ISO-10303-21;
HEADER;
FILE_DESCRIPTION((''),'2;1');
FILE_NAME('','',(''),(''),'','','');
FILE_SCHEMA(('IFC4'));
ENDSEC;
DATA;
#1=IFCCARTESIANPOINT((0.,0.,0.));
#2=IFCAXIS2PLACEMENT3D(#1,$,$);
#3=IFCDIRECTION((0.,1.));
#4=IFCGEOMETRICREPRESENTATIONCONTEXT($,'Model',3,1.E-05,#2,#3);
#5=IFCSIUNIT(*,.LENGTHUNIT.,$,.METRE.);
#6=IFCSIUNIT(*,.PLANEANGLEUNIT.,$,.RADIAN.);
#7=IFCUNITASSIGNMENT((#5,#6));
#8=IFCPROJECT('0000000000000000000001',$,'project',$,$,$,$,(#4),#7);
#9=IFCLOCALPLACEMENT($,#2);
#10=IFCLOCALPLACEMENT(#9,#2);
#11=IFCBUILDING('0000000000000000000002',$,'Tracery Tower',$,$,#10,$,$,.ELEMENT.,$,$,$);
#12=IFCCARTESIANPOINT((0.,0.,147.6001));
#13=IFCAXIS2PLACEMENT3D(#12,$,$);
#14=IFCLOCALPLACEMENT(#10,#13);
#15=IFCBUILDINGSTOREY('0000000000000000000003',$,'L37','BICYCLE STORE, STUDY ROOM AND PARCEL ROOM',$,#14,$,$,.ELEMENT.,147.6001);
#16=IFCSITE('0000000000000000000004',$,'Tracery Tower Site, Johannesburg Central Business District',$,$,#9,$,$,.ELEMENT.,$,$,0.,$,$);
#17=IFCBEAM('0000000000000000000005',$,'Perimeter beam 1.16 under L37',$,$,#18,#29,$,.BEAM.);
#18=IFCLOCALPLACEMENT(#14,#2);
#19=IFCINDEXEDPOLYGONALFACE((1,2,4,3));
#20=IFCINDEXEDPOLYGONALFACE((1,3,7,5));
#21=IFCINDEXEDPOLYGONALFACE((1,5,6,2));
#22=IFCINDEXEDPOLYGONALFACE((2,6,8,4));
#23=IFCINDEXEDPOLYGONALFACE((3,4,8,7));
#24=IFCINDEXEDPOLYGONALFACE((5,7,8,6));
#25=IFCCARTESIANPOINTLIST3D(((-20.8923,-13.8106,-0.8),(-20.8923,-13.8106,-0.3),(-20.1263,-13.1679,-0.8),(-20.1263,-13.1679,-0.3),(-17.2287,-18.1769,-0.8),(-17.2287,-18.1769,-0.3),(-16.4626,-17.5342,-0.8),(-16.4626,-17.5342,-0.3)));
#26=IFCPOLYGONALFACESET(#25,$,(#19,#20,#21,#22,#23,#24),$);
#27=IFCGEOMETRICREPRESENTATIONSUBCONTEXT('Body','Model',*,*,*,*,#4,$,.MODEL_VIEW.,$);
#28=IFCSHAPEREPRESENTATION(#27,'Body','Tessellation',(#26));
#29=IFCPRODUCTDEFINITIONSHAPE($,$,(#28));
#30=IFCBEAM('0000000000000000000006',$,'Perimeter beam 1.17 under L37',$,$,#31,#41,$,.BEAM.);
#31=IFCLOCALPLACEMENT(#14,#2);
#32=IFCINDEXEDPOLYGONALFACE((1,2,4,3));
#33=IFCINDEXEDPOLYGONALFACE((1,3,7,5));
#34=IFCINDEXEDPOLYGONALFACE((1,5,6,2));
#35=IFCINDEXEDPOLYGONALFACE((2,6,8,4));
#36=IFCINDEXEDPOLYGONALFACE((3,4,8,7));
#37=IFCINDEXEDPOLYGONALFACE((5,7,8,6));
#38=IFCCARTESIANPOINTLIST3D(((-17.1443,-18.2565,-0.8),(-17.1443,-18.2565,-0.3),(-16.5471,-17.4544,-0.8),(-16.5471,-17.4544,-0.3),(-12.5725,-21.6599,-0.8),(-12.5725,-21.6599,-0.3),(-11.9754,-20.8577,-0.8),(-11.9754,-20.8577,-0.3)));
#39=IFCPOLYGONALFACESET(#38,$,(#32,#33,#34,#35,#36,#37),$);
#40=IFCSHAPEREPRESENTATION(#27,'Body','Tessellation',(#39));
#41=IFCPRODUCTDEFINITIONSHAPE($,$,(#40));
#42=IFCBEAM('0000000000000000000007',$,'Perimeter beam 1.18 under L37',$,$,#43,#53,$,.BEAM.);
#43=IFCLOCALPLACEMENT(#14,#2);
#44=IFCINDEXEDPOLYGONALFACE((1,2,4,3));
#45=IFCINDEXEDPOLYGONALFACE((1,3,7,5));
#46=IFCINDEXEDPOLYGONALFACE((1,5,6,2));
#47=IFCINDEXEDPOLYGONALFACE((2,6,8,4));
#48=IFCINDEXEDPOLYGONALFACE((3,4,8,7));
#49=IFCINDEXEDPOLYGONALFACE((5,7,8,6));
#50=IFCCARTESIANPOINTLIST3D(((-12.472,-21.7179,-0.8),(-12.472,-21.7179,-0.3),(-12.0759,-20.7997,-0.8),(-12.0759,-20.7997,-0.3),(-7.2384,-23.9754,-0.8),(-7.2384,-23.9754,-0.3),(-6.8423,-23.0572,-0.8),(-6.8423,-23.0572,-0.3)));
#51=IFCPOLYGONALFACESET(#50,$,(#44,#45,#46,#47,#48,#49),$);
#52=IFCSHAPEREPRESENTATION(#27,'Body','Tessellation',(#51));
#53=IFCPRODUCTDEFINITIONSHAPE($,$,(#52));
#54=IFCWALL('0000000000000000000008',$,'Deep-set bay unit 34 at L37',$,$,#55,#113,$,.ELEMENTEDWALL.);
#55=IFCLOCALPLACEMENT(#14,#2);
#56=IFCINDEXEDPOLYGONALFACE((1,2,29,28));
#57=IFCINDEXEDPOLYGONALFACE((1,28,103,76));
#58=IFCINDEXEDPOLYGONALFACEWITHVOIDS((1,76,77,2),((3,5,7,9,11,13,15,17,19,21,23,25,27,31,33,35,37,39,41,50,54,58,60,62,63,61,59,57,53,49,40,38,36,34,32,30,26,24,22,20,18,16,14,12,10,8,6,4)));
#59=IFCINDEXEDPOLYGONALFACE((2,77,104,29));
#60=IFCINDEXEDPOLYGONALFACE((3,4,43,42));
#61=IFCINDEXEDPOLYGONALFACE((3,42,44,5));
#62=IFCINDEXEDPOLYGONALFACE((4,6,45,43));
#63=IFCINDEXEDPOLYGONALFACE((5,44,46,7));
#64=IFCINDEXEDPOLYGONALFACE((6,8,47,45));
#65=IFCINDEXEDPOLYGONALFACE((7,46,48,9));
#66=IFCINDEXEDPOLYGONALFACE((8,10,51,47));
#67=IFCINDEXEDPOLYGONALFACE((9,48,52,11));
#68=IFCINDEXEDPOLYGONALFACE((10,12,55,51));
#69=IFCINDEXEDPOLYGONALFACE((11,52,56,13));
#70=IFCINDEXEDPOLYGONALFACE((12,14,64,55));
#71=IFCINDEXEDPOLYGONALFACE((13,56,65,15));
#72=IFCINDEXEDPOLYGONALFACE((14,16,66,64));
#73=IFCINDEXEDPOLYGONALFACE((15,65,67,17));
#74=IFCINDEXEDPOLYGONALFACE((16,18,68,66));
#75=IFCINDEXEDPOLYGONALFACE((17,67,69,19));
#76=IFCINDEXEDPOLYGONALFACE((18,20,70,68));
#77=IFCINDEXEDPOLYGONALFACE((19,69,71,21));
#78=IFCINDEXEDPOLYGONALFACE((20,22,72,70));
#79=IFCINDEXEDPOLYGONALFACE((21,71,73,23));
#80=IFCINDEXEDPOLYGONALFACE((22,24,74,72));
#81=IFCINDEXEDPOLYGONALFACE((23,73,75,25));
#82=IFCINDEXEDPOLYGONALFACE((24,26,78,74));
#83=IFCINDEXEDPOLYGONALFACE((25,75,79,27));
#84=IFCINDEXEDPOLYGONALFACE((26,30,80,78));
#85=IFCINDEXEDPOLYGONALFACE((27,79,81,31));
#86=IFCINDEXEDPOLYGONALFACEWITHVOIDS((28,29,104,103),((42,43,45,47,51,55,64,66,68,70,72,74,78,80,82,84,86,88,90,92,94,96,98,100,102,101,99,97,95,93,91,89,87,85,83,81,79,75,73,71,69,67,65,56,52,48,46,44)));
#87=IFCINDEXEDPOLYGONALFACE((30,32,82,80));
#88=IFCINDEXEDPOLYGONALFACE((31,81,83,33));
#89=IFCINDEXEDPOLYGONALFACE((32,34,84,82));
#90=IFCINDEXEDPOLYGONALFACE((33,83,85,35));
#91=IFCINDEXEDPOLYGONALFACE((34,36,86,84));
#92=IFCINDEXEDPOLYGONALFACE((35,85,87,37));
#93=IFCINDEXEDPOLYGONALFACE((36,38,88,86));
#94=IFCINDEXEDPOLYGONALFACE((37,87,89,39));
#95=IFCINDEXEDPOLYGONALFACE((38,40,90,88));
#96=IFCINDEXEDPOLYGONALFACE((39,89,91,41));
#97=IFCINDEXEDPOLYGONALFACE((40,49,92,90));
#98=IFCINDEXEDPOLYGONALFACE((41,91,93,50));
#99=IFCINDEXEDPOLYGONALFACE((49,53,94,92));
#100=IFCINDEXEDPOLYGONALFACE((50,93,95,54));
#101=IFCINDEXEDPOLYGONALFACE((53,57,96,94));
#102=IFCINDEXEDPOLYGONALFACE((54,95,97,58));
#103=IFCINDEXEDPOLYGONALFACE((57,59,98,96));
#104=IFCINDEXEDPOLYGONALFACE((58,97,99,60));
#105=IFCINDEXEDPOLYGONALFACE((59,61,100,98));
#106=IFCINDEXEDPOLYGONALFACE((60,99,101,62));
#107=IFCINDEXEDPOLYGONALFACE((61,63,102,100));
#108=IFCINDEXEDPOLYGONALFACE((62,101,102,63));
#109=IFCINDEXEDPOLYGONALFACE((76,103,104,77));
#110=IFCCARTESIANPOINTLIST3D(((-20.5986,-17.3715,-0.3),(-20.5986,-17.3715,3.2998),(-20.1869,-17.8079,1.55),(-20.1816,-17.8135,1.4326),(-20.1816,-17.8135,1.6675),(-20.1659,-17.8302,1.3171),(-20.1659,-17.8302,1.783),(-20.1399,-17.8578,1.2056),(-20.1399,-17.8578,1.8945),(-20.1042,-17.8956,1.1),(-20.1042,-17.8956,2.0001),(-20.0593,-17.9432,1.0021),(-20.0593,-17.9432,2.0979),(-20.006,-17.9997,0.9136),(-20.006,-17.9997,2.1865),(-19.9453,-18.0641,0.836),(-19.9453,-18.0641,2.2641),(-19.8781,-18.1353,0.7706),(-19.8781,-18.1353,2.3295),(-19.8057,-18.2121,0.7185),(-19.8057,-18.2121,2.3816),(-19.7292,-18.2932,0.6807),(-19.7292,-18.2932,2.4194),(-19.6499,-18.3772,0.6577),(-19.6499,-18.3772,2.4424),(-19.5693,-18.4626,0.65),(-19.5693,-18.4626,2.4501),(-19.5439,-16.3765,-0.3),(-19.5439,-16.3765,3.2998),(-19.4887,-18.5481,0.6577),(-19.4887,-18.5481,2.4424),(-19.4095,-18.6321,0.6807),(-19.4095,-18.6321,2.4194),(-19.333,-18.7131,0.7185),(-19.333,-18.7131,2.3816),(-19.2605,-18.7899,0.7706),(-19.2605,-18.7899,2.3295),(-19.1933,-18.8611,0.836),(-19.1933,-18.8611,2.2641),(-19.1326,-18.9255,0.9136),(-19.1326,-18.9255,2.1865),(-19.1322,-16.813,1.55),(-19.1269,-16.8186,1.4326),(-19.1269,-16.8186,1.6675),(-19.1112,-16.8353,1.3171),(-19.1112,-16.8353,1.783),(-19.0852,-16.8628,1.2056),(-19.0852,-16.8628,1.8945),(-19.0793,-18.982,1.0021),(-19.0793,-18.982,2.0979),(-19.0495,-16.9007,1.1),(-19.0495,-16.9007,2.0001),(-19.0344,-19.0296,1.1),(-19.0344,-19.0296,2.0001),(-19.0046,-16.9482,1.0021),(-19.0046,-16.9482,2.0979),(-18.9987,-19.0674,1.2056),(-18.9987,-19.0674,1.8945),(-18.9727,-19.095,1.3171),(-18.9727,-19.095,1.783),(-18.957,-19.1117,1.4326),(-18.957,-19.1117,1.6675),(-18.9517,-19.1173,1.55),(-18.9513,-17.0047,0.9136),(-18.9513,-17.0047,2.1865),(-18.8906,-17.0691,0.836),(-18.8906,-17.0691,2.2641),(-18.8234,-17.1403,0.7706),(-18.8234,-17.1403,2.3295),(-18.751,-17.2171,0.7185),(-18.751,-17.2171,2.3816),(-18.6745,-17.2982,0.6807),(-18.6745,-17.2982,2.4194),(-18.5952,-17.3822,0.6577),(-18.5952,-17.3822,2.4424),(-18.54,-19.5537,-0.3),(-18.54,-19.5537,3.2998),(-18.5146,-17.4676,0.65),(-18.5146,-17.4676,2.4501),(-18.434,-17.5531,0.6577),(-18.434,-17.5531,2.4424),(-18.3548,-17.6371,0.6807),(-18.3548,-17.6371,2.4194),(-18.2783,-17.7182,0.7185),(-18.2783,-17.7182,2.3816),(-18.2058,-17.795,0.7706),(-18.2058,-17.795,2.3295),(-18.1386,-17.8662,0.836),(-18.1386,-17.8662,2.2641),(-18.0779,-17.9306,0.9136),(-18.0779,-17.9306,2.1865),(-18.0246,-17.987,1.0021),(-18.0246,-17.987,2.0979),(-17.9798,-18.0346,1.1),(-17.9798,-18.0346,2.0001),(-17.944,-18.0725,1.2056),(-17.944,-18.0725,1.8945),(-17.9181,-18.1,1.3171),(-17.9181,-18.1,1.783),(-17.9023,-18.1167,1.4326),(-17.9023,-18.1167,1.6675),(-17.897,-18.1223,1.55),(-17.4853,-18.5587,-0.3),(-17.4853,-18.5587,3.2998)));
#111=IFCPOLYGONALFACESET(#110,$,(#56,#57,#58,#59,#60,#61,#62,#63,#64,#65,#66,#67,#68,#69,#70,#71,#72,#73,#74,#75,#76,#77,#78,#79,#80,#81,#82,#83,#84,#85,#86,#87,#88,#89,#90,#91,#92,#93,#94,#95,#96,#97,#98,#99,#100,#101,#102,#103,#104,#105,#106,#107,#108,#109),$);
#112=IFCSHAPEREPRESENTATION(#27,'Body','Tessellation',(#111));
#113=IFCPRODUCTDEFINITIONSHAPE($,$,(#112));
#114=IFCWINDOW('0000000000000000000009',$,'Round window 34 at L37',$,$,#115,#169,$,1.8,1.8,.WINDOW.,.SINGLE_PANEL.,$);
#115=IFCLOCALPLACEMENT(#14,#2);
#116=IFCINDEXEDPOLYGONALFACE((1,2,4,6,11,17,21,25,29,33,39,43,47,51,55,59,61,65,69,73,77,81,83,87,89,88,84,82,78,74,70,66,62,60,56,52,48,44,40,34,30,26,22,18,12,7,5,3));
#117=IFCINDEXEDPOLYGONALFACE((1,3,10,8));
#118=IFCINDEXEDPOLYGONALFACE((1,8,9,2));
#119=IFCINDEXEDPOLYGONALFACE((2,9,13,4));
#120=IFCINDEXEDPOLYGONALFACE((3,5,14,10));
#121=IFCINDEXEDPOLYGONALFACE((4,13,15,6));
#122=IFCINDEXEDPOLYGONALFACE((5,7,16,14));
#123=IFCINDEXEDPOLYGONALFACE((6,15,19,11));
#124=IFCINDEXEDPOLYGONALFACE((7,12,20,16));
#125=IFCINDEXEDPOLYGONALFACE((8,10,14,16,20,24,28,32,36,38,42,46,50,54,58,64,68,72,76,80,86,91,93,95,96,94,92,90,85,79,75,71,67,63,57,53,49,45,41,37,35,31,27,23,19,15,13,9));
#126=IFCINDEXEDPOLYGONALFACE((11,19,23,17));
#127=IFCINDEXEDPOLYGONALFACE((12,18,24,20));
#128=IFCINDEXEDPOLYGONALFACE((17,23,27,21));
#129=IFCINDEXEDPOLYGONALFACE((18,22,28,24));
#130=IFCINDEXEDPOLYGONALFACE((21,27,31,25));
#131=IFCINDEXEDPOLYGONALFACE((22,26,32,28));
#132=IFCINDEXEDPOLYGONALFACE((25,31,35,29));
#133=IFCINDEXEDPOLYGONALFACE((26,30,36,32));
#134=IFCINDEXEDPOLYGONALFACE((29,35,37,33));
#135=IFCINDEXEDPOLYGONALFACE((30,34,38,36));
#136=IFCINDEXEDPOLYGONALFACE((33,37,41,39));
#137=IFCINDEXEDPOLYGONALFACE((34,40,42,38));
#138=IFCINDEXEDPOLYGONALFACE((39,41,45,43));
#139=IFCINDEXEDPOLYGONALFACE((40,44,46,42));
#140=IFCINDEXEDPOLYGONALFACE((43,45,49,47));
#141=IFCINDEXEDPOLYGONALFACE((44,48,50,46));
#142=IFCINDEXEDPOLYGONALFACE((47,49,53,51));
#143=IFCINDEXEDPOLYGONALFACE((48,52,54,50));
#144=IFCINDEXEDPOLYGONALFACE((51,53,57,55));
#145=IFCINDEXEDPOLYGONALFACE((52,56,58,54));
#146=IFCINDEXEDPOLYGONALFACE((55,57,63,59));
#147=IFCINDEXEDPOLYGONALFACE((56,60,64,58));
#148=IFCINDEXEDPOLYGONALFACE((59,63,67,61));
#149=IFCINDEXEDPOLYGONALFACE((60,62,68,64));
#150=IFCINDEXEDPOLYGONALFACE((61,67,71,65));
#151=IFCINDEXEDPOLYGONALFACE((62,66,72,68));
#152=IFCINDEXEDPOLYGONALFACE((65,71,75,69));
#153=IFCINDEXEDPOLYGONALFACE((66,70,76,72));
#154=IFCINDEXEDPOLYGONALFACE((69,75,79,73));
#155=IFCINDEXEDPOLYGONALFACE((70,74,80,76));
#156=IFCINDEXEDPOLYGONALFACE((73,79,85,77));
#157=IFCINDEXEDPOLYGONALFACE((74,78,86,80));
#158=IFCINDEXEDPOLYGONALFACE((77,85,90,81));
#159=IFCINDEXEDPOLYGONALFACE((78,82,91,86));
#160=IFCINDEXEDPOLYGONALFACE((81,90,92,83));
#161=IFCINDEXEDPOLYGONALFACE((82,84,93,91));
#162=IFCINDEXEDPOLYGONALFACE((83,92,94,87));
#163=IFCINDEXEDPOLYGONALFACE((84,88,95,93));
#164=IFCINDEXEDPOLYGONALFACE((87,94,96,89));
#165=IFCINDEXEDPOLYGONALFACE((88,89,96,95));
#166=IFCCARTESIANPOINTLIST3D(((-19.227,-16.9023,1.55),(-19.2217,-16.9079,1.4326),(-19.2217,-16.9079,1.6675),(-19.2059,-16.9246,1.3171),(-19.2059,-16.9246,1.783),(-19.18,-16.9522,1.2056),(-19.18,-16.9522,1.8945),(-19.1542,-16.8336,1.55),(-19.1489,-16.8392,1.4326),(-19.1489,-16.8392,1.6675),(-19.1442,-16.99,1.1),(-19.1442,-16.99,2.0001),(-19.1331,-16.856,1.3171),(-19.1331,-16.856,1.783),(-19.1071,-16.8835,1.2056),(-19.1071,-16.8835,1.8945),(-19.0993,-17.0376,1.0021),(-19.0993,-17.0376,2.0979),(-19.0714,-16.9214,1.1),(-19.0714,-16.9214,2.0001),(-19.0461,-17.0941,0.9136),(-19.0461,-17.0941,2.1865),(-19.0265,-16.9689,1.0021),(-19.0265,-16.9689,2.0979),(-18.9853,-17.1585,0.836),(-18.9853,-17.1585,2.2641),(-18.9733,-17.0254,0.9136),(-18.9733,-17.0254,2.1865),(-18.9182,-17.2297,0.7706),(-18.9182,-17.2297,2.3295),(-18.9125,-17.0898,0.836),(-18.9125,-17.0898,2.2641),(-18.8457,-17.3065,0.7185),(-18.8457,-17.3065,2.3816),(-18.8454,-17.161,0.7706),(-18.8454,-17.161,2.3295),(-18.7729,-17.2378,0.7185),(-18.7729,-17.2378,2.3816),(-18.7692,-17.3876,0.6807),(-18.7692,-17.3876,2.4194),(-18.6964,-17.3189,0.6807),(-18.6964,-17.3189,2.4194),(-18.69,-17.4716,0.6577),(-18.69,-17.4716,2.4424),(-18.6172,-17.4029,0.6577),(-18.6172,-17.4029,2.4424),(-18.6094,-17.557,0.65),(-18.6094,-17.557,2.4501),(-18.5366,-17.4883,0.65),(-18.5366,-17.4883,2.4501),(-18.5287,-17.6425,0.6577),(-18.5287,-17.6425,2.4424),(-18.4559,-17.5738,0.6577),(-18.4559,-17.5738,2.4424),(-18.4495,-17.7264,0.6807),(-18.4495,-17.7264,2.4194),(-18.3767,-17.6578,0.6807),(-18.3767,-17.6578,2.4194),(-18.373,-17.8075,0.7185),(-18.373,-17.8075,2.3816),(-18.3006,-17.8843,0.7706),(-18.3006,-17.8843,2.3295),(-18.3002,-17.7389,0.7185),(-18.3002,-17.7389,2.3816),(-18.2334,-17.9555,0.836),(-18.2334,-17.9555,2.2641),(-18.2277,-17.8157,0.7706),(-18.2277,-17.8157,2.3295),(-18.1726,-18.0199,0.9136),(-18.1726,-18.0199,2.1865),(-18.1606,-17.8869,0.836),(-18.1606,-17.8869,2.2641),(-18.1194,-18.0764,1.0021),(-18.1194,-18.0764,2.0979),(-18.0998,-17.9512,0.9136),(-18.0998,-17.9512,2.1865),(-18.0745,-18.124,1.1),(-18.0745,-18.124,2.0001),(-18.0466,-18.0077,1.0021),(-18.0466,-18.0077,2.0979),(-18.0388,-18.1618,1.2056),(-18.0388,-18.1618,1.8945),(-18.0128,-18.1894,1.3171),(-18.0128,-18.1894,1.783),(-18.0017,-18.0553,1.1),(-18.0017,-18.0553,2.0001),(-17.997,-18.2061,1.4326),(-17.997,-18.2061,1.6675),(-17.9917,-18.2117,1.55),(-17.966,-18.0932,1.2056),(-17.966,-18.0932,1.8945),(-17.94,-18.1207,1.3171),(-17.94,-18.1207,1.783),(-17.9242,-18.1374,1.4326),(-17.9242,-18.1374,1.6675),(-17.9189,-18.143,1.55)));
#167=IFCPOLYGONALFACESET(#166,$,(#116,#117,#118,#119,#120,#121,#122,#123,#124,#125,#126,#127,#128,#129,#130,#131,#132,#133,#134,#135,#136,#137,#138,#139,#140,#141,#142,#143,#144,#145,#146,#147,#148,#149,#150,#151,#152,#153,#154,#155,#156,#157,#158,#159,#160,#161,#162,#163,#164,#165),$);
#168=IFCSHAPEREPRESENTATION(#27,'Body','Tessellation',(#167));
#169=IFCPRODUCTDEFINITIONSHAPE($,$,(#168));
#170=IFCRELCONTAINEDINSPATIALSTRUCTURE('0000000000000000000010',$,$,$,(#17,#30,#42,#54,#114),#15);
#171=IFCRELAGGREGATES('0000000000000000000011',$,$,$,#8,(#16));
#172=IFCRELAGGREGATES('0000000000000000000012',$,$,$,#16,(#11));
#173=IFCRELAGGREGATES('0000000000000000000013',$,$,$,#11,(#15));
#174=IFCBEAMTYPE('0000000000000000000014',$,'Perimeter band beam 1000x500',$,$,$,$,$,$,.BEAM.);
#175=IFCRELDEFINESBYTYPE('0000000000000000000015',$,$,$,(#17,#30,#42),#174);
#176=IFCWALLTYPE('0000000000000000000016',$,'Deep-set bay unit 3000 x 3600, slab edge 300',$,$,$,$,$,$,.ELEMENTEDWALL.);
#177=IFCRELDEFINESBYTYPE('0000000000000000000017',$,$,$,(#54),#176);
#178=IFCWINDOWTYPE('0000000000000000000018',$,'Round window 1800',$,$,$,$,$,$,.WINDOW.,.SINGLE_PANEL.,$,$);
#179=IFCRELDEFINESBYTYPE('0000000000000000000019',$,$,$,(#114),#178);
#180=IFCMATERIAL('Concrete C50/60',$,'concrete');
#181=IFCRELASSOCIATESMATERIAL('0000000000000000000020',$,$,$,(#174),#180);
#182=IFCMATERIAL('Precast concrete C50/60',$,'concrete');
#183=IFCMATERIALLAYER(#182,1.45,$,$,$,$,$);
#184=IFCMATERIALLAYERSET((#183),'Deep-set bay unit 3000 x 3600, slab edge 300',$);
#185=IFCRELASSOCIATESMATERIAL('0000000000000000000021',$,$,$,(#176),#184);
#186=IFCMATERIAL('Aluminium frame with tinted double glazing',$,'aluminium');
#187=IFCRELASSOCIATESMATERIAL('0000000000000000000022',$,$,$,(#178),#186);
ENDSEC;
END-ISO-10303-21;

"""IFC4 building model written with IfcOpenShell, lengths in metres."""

from ifc_helpers import new_model, si_unit, direction, frame, frame_2d, origin, origin_2d, place, context, subcontext, project, spatial, rectangle, circle, extrude, material, layer, layer_set, material_profile, profile_set, type_object, element, fill, save


model = new_model("IFC4")

# Units and contexts
model_context = context("Model", 3, precision=1e-05, world=origin(), true_north=direction((0.0, 1.0)))
body_context = subcontext(model_context, "Body", "Model", "MODEL_VIEW")
ifc_project = project(units=[si_unit("LENGTHUNIT", "METRE"), si_unit("PLANEANGLEUNIT", "RADIAN")], contexts=[model_context])

# Site, building, storey
site_placement = place(None, origin())
site = spatial("IfcSite", under=ifc_project, at=site_placement, Name="Tracery Tower Site, Johannesburg Central Business District", CompositionType="ELEMENT", RefElevation=0.0)
building_placement = place(site_placement, origin())
building = spatial("IfcBuilding", under=site, at=building_placement, Name="Tracery Tower", CompositionType="ELEMENT")
storey_placement = place(building_placement, frame((0.0, 0.0, 147.6001)))
storey = spatial("IfcBuildingStorey", under=building, at=storey_placement, Name="L37", Description="BICYCLE STORE, STUDY ROOM AND PARCEL ROOM", CompositionType="ELEMENT", Elevation=147.6001)

# Beams
ifc_material_1 = material(Name="Concrete C50/60", Category="concrete")
ifc_material_profile_1 = material_profile(ifc_material_1, rectangle(XDim=1.0, YDim=0.5, at=origin_2d()), Name="RC 1000x500")
ifc_profile_set_1 = profile_set([ifc_material_profile_1], Name="Concrete C50/60")
beam_type = type_object("IfcBeamType", Name="Perimeter band beam 1000x500", PredefinedType="BEAM", material=ifc_profile_set_1)
beam_1_placement = place(storey_placement, frame((-20.5093, -13.4893, -0.55), z_axis=(0.642776, -0.766054, 0.0), x_axis=(0.766054, 0.642776, 0.0)))
element("IfcBeam", 1, at=beam_1_placement, inside=storey, type_object=beam_type, Name="Perimeter beam 1.16 under L37", PredefinedType="BEAM", context=body_context, shape_type="SweptSolid", body=[
    extrude(rectangle(XDim=1.0, YDim=0.5, at=origin_2d()), origin(), (0.0, 0.0, 1.0), 5.6997),
])
beam_2_placement = place(storey_placement, frame((-16.8457, -17.8555, -0.55), z_axis=(0.802144, -0.597131, 0.0), x_axis=(0.597131, 0.802144, 0.0)))
element("IfcBeam", 2, at=beam_2_placement, inside=storey, type_object=beam_type, Name="Perimeter beam 1.17 under L37", PredefinedType="BEAM", context=body_context, shape_type="SweptSolid", body=[
    extrude(rectangle(XDim=1.0, YDim=0.5, at=origin_2d()), origin(), (0.0, 0.0, 1.0), 5.6995),
])
beam_3_placement = place(storey_placement, frame((-12.2739, -21.2588, -0.55), z_axis=(0.918216, -0.396079, 0.0), x_axis=(0.396079, 0.918216, 0.0)))
element("IfcBeam", 3, at=beam_3_placement, inside=storey, type_object=beam_type, Name="Perimeter beam 1.18 under L37", PredefinedType="BEAM", context=body_context, shape_type="SweptSolid", body=[
    extrude(rectangle(XDim=1.0, YDim=0.5, at=origin_2d()), origin(), (0.0, 0.0, 1.0), 5.6997),
])

# Wall, opening, window
ifc_material_2 = material(Name="Precast concrete C50/60", Category="concrete")
ifc_layer_1 = layer(ifc_material_2, 1.45)
ifc_layer_set_1 = layer_set([ifc_layer_1], Name="Deep-set bay unit 3000 x 3600, slab edge 300")
wall_type_1 = type_object("IfcWallType", Name="Deep-set bay unit 3000 x 3600, slab edge 300", PredefinedType="ELEMENTEDWALL", material=ifc_layer_set_1)
wall_1_placement = place(storey_placement, frame((-20.0713, -16.874, -0.3), z_axis=(0.0, 0.0, 1.0), x_axis=(0.686217, -0.727397, 0.0)))
wall_1 = element("IfcWall", 4, at=wall_1_placement, inside=storey, type_object=wall_type_1, Name="Deep-set bay unit 34 at L37", PredefinedType="ELEMENTEDWALL", context=body_context, shape_type="SweptSolid", body=[
    extrude(rectangle(XDim=3.0, YDim=1.45, at=frame_2d((1.5, 0.0))), origin(), (0.0, 0.0, 1.0), 3.5999),
])
opening_1_placement = place(wall_1_placement, frame((1.5, 0.0, 1.8501)))
opening_1 = element("IfcOpeningElement", 5, at=opening_1_placement, cuts=wall_1, PredefinedType="OPENING", context=body_context, shape_type="SweptSolid", body=[
    extrude(circle(Radius=0.9, at=origin_2d()), frame((0.0, 0.7349, 0.0), z_axis=(0.0, -1.0, 0.0), x_axis=(1.0, 0.0, 0.0)), (0.0, 0.0, 1.0), 1.47),
])
ifc_material_3 = material(Name="Aluminium frame with tinted double glazing", Category="aluminium")
window_type = type_object("IfcWindowType", Name="Round window 1800", PartitioningType="SINGLE_PANEL", PredefinedType="WINDOW", material=ifc_material_3)
window_1_placement = place(opening_1_placement, origin())
window_1 = element("IfcWindow", 6, at=window_1_placement, inside=storey, type_object=window_type, Name="Round window 34 at L37", OverallHeight=1.8, OverallWidth=1.8, PartitioningType="SINGLE_PANEL", PredefinedType="WINDOW", context=body_context, shape_type="SweptSolid", body=[
    extrude(circle(Radius=0.9, at=origin_2d()), frame((0.0, 0.6948, 0.0), z_axis=(0.0, -1.0, 0.0), x_axis=(1.0, 0.0, 0.0)), (0.0, 0.0, 1.0), 0.1001),
])
fill(opening_1, window_1)

save(model, "model.ifc")
